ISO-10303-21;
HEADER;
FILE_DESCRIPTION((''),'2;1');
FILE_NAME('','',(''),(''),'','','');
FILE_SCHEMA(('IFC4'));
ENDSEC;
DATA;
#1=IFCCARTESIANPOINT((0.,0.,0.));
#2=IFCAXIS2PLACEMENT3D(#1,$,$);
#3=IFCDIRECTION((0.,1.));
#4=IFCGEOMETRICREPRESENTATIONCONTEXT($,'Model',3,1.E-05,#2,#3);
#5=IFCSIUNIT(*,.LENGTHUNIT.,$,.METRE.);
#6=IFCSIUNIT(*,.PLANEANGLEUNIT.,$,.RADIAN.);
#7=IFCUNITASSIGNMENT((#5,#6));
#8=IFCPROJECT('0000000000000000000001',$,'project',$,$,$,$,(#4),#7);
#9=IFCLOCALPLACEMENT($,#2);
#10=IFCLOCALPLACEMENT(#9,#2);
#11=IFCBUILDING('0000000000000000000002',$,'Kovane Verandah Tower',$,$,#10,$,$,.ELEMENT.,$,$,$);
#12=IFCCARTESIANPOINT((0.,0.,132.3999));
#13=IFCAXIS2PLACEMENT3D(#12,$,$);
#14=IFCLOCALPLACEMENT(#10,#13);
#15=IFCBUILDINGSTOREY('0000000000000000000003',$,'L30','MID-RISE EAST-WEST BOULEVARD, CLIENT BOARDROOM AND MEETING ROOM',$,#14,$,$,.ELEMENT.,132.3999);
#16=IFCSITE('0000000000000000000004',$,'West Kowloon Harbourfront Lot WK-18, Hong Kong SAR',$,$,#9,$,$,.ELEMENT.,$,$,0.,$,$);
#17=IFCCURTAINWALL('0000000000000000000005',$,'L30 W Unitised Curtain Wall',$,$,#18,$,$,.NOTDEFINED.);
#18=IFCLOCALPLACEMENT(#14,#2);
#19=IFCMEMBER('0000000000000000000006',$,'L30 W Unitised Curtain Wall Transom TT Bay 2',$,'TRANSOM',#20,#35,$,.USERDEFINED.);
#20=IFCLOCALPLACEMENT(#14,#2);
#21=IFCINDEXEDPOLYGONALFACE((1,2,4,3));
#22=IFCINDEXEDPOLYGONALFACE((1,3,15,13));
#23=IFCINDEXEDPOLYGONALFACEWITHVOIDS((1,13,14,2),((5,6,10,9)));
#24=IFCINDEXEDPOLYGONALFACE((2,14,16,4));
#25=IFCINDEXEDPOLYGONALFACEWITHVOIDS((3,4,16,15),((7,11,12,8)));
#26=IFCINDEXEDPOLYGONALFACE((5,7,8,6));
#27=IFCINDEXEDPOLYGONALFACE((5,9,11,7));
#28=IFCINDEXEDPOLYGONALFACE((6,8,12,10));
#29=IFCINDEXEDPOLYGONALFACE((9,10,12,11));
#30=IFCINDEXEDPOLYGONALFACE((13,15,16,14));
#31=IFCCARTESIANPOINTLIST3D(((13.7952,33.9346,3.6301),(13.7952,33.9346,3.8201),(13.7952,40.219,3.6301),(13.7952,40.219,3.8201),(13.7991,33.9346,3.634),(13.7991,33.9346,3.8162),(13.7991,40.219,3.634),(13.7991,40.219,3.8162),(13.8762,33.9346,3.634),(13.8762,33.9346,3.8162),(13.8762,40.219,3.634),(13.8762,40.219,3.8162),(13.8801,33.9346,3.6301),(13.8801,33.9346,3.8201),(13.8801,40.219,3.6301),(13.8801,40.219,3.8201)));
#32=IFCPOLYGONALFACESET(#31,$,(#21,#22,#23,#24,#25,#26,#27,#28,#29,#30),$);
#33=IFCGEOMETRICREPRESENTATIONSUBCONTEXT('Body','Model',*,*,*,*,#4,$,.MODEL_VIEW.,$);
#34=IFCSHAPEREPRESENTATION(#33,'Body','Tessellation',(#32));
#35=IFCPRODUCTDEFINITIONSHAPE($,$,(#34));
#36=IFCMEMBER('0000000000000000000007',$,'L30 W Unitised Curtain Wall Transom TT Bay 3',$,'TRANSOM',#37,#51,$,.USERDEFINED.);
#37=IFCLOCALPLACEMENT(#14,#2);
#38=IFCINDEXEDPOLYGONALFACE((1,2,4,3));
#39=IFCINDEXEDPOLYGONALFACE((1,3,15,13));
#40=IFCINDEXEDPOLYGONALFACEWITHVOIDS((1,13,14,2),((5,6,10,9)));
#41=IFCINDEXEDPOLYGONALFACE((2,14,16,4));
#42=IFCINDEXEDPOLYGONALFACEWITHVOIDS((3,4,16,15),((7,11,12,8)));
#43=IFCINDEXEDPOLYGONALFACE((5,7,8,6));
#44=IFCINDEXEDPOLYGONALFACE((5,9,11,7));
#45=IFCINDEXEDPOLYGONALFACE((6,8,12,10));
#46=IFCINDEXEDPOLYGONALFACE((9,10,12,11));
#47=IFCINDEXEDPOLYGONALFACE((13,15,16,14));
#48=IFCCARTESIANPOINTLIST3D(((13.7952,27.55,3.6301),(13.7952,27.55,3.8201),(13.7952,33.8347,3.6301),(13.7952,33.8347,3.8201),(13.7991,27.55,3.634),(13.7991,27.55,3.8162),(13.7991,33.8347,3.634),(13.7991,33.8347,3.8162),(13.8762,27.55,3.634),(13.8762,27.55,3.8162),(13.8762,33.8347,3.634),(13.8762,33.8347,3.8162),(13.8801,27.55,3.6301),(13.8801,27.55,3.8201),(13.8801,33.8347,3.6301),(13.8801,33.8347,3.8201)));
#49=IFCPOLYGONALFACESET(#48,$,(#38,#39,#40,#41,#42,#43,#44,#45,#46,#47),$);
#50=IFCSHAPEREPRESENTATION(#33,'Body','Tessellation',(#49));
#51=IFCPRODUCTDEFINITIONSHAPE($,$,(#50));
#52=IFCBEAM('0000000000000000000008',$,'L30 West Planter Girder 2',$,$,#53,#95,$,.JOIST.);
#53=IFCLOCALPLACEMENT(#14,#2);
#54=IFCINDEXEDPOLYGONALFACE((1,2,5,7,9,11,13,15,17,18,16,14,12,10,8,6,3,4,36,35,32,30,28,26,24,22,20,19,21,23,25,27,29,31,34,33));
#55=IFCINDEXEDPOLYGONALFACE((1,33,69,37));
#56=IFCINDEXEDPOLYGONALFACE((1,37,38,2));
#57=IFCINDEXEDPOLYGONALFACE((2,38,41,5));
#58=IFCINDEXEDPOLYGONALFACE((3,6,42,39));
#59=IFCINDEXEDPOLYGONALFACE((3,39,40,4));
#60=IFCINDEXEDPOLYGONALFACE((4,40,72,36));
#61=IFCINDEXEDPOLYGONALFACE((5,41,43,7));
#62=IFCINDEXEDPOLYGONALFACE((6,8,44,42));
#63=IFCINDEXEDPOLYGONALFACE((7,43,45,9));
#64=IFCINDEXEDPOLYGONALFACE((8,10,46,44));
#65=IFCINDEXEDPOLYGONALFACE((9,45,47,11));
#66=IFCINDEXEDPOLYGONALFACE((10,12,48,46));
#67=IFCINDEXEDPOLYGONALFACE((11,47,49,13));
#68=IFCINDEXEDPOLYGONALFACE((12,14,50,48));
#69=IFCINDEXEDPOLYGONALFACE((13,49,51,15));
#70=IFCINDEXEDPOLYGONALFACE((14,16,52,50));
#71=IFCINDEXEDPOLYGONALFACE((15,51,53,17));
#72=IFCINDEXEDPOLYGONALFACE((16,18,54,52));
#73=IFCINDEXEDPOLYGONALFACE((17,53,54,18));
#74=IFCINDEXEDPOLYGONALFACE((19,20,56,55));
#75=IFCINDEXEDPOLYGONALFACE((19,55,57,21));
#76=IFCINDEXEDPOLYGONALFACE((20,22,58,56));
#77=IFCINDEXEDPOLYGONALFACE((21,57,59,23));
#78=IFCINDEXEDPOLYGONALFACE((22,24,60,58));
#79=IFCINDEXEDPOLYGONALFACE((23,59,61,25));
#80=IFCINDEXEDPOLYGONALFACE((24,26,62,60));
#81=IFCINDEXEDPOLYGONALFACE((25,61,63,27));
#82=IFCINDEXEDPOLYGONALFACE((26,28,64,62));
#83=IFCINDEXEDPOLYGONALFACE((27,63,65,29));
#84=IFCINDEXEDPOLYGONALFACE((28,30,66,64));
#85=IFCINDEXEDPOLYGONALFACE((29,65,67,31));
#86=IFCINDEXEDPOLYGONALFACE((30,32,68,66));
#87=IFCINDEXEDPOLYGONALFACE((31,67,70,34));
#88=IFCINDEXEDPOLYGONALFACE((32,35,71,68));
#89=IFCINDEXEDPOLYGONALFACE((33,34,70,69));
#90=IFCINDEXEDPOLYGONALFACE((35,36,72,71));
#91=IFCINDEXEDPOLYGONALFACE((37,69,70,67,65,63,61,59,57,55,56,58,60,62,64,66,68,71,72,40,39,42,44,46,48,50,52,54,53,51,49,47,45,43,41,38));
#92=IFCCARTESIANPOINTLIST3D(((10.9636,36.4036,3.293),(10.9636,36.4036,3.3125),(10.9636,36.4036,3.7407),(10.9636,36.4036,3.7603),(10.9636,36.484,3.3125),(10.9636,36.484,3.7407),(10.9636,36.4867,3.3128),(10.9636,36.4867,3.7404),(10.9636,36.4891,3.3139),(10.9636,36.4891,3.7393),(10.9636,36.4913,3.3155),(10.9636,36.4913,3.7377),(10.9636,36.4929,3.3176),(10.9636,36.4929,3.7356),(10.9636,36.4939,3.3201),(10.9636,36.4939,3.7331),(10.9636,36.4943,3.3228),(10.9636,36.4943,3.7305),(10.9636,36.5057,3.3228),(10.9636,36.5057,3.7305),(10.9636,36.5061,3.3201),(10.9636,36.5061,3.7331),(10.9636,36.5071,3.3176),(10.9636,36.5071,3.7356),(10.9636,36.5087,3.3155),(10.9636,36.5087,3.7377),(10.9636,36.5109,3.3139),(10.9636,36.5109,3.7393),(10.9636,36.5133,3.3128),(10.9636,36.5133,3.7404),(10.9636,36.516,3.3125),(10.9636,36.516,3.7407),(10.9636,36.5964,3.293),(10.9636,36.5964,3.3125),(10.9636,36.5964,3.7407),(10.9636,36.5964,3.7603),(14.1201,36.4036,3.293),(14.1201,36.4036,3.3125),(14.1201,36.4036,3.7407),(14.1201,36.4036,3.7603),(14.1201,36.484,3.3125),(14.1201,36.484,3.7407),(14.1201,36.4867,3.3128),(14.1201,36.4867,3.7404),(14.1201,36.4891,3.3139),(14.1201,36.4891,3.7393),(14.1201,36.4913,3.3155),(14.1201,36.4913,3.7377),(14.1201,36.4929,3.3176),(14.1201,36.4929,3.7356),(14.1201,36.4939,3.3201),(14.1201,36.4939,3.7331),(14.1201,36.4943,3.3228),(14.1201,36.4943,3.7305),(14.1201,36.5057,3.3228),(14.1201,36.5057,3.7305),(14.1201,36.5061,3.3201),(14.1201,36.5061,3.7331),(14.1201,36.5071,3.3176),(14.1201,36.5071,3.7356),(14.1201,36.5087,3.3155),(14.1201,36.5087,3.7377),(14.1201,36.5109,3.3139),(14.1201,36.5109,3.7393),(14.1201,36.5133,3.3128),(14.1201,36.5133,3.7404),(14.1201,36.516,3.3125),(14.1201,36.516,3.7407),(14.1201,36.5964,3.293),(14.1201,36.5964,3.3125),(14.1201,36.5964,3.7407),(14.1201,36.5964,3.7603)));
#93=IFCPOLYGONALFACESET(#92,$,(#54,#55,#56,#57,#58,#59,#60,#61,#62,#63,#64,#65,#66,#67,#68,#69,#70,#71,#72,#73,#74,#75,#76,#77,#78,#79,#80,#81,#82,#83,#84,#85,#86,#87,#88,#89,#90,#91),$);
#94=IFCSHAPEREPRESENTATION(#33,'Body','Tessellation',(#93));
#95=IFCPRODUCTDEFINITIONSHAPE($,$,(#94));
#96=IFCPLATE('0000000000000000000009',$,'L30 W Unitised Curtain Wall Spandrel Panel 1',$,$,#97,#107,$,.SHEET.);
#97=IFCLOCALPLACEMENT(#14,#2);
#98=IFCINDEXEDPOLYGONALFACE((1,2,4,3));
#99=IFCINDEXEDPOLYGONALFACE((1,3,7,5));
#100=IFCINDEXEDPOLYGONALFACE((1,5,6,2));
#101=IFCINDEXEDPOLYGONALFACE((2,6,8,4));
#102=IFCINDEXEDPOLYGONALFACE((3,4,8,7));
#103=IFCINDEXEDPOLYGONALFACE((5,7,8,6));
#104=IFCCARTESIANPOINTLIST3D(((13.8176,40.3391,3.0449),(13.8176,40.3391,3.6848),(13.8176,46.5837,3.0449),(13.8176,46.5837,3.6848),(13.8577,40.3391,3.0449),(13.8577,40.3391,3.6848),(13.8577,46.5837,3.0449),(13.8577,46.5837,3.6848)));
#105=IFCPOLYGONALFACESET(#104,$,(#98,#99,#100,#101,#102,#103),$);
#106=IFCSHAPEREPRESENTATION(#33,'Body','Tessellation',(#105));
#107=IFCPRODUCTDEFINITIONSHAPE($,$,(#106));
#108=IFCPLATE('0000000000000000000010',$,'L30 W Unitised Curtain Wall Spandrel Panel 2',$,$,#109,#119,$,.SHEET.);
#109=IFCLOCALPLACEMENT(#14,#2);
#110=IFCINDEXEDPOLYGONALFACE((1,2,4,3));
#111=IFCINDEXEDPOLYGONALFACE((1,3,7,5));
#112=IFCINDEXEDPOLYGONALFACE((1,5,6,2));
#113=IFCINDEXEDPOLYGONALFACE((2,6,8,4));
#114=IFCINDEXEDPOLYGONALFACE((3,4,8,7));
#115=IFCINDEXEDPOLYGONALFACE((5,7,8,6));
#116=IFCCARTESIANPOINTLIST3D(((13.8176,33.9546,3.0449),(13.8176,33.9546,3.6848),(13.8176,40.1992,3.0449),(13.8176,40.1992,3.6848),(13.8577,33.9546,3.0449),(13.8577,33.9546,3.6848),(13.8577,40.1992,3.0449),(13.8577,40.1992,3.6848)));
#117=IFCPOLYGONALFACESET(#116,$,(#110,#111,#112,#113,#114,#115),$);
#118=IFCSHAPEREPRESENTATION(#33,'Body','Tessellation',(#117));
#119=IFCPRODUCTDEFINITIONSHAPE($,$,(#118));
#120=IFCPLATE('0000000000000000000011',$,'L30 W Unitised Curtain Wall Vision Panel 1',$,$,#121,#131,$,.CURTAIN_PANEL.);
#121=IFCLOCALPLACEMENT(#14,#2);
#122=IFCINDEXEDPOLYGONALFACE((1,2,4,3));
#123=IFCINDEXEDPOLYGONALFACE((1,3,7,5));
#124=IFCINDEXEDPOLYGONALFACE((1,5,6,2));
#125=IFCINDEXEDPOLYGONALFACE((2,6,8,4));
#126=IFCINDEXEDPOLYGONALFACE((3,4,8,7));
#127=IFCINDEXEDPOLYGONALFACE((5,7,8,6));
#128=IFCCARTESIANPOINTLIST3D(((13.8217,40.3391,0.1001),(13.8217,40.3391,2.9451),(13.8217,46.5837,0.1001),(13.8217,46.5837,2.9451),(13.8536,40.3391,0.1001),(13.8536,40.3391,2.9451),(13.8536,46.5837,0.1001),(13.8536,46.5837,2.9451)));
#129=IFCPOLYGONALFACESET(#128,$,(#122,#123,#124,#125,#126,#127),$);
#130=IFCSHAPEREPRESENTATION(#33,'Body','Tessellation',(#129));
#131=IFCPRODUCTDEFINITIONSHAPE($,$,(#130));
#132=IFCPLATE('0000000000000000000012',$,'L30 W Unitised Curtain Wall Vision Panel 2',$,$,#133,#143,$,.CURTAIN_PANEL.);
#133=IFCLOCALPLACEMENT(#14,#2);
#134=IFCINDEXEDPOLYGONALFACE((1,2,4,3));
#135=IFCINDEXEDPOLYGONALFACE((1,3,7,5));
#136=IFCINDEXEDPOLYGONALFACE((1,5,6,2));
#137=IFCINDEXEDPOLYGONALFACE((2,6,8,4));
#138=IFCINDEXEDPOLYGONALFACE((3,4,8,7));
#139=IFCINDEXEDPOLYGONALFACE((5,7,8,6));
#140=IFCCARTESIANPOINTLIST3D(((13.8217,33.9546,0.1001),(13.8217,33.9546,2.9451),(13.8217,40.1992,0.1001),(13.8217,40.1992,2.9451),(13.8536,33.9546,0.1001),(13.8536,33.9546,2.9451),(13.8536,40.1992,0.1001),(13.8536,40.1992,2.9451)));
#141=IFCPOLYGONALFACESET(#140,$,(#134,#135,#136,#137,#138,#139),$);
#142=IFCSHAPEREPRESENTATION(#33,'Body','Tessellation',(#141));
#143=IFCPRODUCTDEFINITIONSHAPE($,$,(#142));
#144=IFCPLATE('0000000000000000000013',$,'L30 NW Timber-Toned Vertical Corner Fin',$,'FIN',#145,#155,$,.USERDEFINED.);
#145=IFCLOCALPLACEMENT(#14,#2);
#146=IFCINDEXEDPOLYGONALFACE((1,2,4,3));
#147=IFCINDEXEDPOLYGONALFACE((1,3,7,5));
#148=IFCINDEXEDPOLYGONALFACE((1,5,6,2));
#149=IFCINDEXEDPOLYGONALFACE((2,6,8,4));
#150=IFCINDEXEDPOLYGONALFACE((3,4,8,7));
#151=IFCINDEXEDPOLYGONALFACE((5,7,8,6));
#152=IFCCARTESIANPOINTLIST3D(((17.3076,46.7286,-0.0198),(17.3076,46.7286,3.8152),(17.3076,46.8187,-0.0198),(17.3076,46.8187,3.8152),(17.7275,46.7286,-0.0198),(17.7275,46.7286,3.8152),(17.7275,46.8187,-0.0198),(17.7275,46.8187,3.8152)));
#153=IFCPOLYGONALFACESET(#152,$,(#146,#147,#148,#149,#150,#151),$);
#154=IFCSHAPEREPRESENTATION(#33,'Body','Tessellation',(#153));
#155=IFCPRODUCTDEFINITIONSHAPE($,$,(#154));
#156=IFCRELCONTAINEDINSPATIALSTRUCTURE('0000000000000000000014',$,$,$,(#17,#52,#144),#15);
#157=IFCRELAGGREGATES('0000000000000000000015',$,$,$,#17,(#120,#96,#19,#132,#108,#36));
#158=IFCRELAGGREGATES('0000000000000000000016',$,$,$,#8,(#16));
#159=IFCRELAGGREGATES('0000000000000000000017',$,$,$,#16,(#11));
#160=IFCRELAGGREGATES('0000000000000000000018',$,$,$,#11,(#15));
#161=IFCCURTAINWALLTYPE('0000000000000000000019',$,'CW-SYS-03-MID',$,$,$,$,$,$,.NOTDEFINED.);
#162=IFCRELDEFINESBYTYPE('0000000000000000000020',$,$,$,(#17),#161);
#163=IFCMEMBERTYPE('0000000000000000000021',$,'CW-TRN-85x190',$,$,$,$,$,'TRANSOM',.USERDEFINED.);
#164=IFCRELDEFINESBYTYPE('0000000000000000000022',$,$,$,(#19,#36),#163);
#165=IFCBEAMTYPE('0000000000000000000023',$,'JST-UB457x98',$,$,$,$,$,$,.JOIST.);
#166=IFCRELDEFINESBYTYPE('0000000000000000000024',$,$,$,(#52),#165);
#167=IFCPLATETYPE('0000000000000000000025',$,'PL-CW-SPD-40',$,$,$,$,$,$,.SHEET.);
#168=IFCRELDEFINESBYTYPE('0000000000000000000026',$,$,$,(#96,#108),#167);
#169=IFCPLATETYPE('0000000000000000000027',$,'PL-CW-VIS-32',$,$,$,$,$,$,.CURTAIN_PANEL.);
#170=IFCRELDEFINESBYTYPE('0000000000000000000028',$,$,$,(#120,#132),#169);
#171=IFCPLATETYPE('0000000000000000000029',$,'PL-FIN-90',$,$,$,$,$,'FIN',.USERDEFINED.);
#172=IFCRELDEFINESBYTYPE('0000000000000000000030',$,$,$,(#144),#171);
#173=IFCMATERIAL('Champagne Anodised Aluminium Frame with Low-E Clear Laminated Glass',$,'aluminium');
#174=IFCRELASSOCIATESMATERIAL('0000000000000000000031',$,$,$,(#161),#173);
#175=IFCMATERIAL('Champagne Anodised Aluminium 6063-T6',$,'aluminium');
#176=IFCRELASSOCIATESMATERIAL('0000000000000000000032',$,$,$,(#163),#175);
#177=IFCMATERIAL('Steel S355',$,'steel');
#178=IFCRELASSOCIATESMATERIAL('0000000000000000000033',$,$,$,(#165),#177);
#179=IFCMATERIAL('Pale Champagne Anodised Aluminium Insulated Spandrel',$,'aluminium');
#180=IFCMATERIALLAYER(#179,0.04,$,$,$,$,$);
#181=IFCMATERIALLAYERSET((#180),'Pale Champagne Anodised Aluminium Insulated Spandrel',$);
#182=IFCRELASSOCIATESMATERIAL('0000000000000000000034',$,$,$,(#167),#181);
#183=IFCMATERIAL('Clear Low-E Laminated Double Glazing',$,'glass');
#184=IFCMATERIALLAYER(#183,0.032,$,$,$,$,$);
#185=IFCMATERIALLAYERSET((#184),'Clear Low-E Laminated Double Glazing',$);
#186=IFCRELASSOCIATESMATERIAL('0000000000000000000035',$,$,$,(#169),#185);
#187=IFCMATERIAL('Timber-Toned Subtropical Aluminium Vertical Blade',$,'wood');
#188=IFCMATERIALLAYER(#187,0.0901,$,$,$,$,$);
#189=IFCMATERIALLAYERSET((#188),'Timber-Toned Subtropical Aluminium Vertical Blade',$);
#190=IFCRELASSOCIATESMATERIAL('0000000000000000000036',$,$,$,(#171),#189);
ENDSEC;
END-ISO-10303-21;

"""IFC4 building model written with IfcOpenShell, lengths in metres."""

from ifc_helpers import new_model, si_unit, direction, frame, origin, origin_2d, place, context, subcontext, project, spatial, rectangle, hollow_rectangle, i_section, extrude, material, layer, layer_set, material_profile, profile_set, type_object, element, aggregate, save


model = new_model("IFC4")

# Units and contexts
model_context = context("Model", 3, precision=1e-05, world=origin(), true_north=direction((0.0, 1.0)))
body_context = subcontext(model_context, "Body", "Model", "MODEL_VIEW")
ifc_project = project(units=[si_unit("LENGTHUNIT", "METRE"), si_unit("PLANEANGLEUNIT", "RADIAN")], contexts=[model_context])

# Site, building, storey
site_placement = place(None, origin())
site = spatial("IfcSite", under=ifc_project, at=site_placement, Name="West Kowloon Harbourfront Lot WK-18, Hong Kong SAR", CompositionType="ELEMENT", RefElevation=0.0)
building_placement = place(site_placement, origin())
building = spatial("IfcBuilding", under=site, at=building_placement, Name="Kovane Verandah Tower", CompositionType="ELEMENT")
storey_placement = place(building_placement, frame((0.0, 0.0, 132.3999)))
storey = spatial("IfcBuildingStorey", under=building, at=storey_placement, Name="L30", Description="MID-RISE EAST-WEST BOULEVARD, CLIENT BOARDROOM AND MEETING ROOM", CompositionType="ELEMENT", Elevation=132.3999)

# Curtain wall, members
ifc_material_1 = material(Name="Champagne Anodised Aluminium Frame with Low-E Clear Laminated Glass", Category="aluminium")
curtain_wall_type = type_object("IfcCurtainWallType", Name="CW-SYS-03-MID", PredefinedType="NOTDEFINED", material=ifc_material_1)
curtain_wall_placement = place(storey_placement, origin())
curtain_wall = element("IfcCurtainWall", 1, at=curtain_wall_placement, inside=storey, type_object=curtain_wall_type, Name="L30 W Unitised Curtain Wall", PredefinedType="NOTDEFINED")
ifc_material_2 = material(Name="Champagne Anodised Aluminium 6063-T6", Category="aluminium")
ifc_material_profile_1 = material_profile(ifc_material_2, hollow_rectangle(XDim=0.085, YDim=0.1899, WallThickness=0.0039, at=origin_2d()), Name="AL85x190x4")
ifc_profile_set_1 = profile_set([ifc_material_profile_1], Name="Champagne Anodised Aluminium 6063-T6")
member_type_1 = type_object("IfcMemberType", Name="CW-TRN-85x190", ElementType="TRANSOM", PredefinedType="USERDEFINED", material=ifc_profile_set_1)
member_1_placement = place(storey_placement, frame((13.8376, 40.219, 3.7251), z_axis=(0.0, -1.0, 0.0), x_axis=(1.0, 0.0, 0.0)))
member_1 = element("IfcMember", 2, at=member_1_placement, type_object=member_type_1, Name="L30 W Unitised Curtain Wall Transom TT Bay 2", ObjectType="TRANSOM", PredefinedType="USERDEFINED", context=body_context, shape_type="SweptSolid", body=[
    extrude(hollow_rectangle(XDim=0.085, YDim=0.1899, WallThickness=0.0039, at=origin_2d()), origin(), (0.0, 0.0, 1.0), 6.2844),
])
member_2_placement = place(storey_placement, frame((13.8376, 33.8347, 3.7251), z_axis=(0.0, -1.0, 0.0), x_axis=(1.0, 0.0, 0.0)))
member_2 = element("IfcMember", 3, at=member_2_placement, type_object=member_type_1, Name="L30 W Unitised Curtain Wall Transom TT Bay 3", ObjectType="TRANSOM", PredefinedType="USERDEFINED", context=body_context, shape_type="SweptSolid", body=[
    extrude(hollow_rectangle(XDim=0.085, YDim=0.1899, WallThickness=0.0039, at=origin_2d()), origin(), (0.0, 0.0, 1.0), 6.2847),
])

# Beam
ifc_material_3 = material(Name="Steel S355", Category="steel")
ifc_material_profile_2 = material_profile(ifc_material_3, i_section(OverallWidth=0.1929, OverallDepth=0.4673, WebThickness=0.0115, FlangeThickness=0.0195, FilletRadius=0.0103, at=origin_2d()), Name="UB457x191x98")
ifc_profile_set_2 = profile_set([ifc_material_profile_2], Name="Steel S355")
beam_type = type_object("IfcBeamType", Name="JST-UB457x98", PredefinedType="JOIST", material=ifc_profile_set_2)
beam_placement = place(storey_placement, frame((14.1201, 36.5, 3.5266), z_axis=(-1.0, 0.0, 0.0), x_axis=(0.0, -1.0, 0.0)))
element("IfcBeam", 4, at=beam_placement, inside=storey, type_object=beam_type, Name="L30 West Planter Girder 2", PredefinedType="JOIST", context=body_context, shape_type="SweptSolid", body=[
    extrude(i_section(OverallWidth=0.1929, OverallDepth=0.4673, WebThickness=0.0115, FlangeThickness=0.0195, FilletRadius=0.0103, at=origin_2d()), origin(), (0.0, 0.0, 1.0), 3.1565),
])

# Plates
ifc_material_4 = material(Name="Pale Champagne Anodised Aluminium Insulated Spandrel", Category="aluminium")
ifc_layer_1 = layer(ifc_material_4, 0.04)
ifc_layer_set_1 = layer_set([ifc_layer_1], Name="Pale Champagne Anodised Aluminium Insulated Spandrel")
plate_type_1 = type_object("IfcPlateType", Name="PL-CW-SPD-40", PredefinedType="SHEET", material=ifc_layer_set_1)
plate_1_placement = place(storey_placement, frame((13.8376, 43.4614, 3.0449), z_axis=(0.0, 0.0, 1.0), x_axis=(0.0, -1.0, 0.0)))
plate_1 = element("IfcPlate", 5, at=plate_1_placement, type_object=plate_type_1, Name="L30 W Unitised Curtain Wall Spandrel Panel 1", PredefinedType="SHEET", context=body_context, shape_type="SweptSolid", body=[
    extrude(rectangle(XDim=6.2446, YDim=0.04, at=origin_2d()), origin(), (0.0, 0.0, 1.0), 0.6399),
])
plate_2_placement = place(storey_placement, frame((13.8376, 37.0769, 3.0449), z_axis=(0.0, 0.0, 1.0), x_axis=(0.0, -1.0, 0.0)))
plate_2 = element("IfcPlate", 6, at=plate_2_placement, type_object=plate_type_1, Name="L30 W Unitised Curtain Wall Spandrel Panel 2", PredefinedType="SHEET", context=body_context, shape_type="SweptSolid", body=[
    extrude(rectangle(XDim=6.2446, YDim=0.04, at=origin_2d()), origin(), (0.0, 0.0, 1.0), 0.6399),
])
ifc_material_5 = material(Name="Clear Low-E Laminated Double Glazing", Category="glass")
ifc_layer_2 = layer(ifc_material_5, 0.032)
ifc_layer_set_2 = layer_set([ifc_layer_2], Name="Clear Low-E Laminated Double Glazing")
plate_type_2 = type_object("IfcPlateType", Name="PL-CW-VIS-32", PredefinedType="CURTAIN_PANEL", material=ifc_layer_set_2)
plate_3_placement = place(storey_placement, frame((13.8376, 43.4614, 0.1001), z_axis=(0.0, 0.0, 1.0), x_axis=(0.0, -1.0, 0.0)))
plate_3 = element("IfcPlate", 7, at=plate_3_placement, type_object=plate_type_2, Name="L30 W Unitised Curtain Wall Vision Panel 1", PredefinedType="CURTAIN_PANEL", context=body_context, shape_type="SweptSolid", body=[
    extrude(rectangle(XDim=6.2446, YDim=0.032, at=origin_2d()), origin(), (0.0, 0.0, 1.0), 2.845),
])
plate_4_placement = place(storey_placement, frame((13.8376, 37.0769, 0.1001), z_axis=(0.0, 0.0, 1.0), x_axis=(0.0, -1.0, 0.0)))
plate_4 = element("IfcPlate", 8, at=plate_4_placement, type_object=plate_type_2, Name="L30 W Unitised Curtain Wall Vision Panel 2", PredefinedType="CURTAIN_PANEL", context=body_context, shape_type="SweptSolid", body=[
    extrude(rectangle(XDim=6.2446, YDim=0.032, at=origin_2d()), origin(), (0.0, 0.0, 1.0), 2.845),
])
aggregate(curtain_wall, [plate_3, plate_1, member_1, plate_4, plate_2, member_2])
ifc_material_6 = material(Name="Timber-Toned Subtropical Aluminium Vertical Blade", Category="wood")
ifc_layer_3 = layer(ifc_material_6, 0.0901)
ifc_layer_set_3 = layer_set([ifc_layer_3], Name="Timber-Toned Subtropical Aluminium Vertical Blade")
plate_type_3 = type_object("IfcPlateType", Name="PL-FIN-90", ElementType="FIN", PredefinedType="USERDEFINED", material=ifc_layer_set_3)
plate_5_placement = place(storey_placement, frame((17.5176, 46.7737, -0.0198), z_axis=(0.0, 0.0, 1.0), x_axis=(1.0, 0.0, 0.0)))
element("IfcPlate", 9, at=plate_5_placement, inside=storey, type_object=plate_type_3, Name="L30 NW Timber-Toned Vertical Corner Fin", ObjectType="FIN", PredefinedType="USERDEFINED", context=body_context, shape_type="SweptSolid", body=[
    extrude(rectangle(XDim=0.4199, YDim=0.0901, at=origin_2d()), origin(), (0.0, 0.0, 1.0), 3.835),
])

save(model, "model.ifc")
